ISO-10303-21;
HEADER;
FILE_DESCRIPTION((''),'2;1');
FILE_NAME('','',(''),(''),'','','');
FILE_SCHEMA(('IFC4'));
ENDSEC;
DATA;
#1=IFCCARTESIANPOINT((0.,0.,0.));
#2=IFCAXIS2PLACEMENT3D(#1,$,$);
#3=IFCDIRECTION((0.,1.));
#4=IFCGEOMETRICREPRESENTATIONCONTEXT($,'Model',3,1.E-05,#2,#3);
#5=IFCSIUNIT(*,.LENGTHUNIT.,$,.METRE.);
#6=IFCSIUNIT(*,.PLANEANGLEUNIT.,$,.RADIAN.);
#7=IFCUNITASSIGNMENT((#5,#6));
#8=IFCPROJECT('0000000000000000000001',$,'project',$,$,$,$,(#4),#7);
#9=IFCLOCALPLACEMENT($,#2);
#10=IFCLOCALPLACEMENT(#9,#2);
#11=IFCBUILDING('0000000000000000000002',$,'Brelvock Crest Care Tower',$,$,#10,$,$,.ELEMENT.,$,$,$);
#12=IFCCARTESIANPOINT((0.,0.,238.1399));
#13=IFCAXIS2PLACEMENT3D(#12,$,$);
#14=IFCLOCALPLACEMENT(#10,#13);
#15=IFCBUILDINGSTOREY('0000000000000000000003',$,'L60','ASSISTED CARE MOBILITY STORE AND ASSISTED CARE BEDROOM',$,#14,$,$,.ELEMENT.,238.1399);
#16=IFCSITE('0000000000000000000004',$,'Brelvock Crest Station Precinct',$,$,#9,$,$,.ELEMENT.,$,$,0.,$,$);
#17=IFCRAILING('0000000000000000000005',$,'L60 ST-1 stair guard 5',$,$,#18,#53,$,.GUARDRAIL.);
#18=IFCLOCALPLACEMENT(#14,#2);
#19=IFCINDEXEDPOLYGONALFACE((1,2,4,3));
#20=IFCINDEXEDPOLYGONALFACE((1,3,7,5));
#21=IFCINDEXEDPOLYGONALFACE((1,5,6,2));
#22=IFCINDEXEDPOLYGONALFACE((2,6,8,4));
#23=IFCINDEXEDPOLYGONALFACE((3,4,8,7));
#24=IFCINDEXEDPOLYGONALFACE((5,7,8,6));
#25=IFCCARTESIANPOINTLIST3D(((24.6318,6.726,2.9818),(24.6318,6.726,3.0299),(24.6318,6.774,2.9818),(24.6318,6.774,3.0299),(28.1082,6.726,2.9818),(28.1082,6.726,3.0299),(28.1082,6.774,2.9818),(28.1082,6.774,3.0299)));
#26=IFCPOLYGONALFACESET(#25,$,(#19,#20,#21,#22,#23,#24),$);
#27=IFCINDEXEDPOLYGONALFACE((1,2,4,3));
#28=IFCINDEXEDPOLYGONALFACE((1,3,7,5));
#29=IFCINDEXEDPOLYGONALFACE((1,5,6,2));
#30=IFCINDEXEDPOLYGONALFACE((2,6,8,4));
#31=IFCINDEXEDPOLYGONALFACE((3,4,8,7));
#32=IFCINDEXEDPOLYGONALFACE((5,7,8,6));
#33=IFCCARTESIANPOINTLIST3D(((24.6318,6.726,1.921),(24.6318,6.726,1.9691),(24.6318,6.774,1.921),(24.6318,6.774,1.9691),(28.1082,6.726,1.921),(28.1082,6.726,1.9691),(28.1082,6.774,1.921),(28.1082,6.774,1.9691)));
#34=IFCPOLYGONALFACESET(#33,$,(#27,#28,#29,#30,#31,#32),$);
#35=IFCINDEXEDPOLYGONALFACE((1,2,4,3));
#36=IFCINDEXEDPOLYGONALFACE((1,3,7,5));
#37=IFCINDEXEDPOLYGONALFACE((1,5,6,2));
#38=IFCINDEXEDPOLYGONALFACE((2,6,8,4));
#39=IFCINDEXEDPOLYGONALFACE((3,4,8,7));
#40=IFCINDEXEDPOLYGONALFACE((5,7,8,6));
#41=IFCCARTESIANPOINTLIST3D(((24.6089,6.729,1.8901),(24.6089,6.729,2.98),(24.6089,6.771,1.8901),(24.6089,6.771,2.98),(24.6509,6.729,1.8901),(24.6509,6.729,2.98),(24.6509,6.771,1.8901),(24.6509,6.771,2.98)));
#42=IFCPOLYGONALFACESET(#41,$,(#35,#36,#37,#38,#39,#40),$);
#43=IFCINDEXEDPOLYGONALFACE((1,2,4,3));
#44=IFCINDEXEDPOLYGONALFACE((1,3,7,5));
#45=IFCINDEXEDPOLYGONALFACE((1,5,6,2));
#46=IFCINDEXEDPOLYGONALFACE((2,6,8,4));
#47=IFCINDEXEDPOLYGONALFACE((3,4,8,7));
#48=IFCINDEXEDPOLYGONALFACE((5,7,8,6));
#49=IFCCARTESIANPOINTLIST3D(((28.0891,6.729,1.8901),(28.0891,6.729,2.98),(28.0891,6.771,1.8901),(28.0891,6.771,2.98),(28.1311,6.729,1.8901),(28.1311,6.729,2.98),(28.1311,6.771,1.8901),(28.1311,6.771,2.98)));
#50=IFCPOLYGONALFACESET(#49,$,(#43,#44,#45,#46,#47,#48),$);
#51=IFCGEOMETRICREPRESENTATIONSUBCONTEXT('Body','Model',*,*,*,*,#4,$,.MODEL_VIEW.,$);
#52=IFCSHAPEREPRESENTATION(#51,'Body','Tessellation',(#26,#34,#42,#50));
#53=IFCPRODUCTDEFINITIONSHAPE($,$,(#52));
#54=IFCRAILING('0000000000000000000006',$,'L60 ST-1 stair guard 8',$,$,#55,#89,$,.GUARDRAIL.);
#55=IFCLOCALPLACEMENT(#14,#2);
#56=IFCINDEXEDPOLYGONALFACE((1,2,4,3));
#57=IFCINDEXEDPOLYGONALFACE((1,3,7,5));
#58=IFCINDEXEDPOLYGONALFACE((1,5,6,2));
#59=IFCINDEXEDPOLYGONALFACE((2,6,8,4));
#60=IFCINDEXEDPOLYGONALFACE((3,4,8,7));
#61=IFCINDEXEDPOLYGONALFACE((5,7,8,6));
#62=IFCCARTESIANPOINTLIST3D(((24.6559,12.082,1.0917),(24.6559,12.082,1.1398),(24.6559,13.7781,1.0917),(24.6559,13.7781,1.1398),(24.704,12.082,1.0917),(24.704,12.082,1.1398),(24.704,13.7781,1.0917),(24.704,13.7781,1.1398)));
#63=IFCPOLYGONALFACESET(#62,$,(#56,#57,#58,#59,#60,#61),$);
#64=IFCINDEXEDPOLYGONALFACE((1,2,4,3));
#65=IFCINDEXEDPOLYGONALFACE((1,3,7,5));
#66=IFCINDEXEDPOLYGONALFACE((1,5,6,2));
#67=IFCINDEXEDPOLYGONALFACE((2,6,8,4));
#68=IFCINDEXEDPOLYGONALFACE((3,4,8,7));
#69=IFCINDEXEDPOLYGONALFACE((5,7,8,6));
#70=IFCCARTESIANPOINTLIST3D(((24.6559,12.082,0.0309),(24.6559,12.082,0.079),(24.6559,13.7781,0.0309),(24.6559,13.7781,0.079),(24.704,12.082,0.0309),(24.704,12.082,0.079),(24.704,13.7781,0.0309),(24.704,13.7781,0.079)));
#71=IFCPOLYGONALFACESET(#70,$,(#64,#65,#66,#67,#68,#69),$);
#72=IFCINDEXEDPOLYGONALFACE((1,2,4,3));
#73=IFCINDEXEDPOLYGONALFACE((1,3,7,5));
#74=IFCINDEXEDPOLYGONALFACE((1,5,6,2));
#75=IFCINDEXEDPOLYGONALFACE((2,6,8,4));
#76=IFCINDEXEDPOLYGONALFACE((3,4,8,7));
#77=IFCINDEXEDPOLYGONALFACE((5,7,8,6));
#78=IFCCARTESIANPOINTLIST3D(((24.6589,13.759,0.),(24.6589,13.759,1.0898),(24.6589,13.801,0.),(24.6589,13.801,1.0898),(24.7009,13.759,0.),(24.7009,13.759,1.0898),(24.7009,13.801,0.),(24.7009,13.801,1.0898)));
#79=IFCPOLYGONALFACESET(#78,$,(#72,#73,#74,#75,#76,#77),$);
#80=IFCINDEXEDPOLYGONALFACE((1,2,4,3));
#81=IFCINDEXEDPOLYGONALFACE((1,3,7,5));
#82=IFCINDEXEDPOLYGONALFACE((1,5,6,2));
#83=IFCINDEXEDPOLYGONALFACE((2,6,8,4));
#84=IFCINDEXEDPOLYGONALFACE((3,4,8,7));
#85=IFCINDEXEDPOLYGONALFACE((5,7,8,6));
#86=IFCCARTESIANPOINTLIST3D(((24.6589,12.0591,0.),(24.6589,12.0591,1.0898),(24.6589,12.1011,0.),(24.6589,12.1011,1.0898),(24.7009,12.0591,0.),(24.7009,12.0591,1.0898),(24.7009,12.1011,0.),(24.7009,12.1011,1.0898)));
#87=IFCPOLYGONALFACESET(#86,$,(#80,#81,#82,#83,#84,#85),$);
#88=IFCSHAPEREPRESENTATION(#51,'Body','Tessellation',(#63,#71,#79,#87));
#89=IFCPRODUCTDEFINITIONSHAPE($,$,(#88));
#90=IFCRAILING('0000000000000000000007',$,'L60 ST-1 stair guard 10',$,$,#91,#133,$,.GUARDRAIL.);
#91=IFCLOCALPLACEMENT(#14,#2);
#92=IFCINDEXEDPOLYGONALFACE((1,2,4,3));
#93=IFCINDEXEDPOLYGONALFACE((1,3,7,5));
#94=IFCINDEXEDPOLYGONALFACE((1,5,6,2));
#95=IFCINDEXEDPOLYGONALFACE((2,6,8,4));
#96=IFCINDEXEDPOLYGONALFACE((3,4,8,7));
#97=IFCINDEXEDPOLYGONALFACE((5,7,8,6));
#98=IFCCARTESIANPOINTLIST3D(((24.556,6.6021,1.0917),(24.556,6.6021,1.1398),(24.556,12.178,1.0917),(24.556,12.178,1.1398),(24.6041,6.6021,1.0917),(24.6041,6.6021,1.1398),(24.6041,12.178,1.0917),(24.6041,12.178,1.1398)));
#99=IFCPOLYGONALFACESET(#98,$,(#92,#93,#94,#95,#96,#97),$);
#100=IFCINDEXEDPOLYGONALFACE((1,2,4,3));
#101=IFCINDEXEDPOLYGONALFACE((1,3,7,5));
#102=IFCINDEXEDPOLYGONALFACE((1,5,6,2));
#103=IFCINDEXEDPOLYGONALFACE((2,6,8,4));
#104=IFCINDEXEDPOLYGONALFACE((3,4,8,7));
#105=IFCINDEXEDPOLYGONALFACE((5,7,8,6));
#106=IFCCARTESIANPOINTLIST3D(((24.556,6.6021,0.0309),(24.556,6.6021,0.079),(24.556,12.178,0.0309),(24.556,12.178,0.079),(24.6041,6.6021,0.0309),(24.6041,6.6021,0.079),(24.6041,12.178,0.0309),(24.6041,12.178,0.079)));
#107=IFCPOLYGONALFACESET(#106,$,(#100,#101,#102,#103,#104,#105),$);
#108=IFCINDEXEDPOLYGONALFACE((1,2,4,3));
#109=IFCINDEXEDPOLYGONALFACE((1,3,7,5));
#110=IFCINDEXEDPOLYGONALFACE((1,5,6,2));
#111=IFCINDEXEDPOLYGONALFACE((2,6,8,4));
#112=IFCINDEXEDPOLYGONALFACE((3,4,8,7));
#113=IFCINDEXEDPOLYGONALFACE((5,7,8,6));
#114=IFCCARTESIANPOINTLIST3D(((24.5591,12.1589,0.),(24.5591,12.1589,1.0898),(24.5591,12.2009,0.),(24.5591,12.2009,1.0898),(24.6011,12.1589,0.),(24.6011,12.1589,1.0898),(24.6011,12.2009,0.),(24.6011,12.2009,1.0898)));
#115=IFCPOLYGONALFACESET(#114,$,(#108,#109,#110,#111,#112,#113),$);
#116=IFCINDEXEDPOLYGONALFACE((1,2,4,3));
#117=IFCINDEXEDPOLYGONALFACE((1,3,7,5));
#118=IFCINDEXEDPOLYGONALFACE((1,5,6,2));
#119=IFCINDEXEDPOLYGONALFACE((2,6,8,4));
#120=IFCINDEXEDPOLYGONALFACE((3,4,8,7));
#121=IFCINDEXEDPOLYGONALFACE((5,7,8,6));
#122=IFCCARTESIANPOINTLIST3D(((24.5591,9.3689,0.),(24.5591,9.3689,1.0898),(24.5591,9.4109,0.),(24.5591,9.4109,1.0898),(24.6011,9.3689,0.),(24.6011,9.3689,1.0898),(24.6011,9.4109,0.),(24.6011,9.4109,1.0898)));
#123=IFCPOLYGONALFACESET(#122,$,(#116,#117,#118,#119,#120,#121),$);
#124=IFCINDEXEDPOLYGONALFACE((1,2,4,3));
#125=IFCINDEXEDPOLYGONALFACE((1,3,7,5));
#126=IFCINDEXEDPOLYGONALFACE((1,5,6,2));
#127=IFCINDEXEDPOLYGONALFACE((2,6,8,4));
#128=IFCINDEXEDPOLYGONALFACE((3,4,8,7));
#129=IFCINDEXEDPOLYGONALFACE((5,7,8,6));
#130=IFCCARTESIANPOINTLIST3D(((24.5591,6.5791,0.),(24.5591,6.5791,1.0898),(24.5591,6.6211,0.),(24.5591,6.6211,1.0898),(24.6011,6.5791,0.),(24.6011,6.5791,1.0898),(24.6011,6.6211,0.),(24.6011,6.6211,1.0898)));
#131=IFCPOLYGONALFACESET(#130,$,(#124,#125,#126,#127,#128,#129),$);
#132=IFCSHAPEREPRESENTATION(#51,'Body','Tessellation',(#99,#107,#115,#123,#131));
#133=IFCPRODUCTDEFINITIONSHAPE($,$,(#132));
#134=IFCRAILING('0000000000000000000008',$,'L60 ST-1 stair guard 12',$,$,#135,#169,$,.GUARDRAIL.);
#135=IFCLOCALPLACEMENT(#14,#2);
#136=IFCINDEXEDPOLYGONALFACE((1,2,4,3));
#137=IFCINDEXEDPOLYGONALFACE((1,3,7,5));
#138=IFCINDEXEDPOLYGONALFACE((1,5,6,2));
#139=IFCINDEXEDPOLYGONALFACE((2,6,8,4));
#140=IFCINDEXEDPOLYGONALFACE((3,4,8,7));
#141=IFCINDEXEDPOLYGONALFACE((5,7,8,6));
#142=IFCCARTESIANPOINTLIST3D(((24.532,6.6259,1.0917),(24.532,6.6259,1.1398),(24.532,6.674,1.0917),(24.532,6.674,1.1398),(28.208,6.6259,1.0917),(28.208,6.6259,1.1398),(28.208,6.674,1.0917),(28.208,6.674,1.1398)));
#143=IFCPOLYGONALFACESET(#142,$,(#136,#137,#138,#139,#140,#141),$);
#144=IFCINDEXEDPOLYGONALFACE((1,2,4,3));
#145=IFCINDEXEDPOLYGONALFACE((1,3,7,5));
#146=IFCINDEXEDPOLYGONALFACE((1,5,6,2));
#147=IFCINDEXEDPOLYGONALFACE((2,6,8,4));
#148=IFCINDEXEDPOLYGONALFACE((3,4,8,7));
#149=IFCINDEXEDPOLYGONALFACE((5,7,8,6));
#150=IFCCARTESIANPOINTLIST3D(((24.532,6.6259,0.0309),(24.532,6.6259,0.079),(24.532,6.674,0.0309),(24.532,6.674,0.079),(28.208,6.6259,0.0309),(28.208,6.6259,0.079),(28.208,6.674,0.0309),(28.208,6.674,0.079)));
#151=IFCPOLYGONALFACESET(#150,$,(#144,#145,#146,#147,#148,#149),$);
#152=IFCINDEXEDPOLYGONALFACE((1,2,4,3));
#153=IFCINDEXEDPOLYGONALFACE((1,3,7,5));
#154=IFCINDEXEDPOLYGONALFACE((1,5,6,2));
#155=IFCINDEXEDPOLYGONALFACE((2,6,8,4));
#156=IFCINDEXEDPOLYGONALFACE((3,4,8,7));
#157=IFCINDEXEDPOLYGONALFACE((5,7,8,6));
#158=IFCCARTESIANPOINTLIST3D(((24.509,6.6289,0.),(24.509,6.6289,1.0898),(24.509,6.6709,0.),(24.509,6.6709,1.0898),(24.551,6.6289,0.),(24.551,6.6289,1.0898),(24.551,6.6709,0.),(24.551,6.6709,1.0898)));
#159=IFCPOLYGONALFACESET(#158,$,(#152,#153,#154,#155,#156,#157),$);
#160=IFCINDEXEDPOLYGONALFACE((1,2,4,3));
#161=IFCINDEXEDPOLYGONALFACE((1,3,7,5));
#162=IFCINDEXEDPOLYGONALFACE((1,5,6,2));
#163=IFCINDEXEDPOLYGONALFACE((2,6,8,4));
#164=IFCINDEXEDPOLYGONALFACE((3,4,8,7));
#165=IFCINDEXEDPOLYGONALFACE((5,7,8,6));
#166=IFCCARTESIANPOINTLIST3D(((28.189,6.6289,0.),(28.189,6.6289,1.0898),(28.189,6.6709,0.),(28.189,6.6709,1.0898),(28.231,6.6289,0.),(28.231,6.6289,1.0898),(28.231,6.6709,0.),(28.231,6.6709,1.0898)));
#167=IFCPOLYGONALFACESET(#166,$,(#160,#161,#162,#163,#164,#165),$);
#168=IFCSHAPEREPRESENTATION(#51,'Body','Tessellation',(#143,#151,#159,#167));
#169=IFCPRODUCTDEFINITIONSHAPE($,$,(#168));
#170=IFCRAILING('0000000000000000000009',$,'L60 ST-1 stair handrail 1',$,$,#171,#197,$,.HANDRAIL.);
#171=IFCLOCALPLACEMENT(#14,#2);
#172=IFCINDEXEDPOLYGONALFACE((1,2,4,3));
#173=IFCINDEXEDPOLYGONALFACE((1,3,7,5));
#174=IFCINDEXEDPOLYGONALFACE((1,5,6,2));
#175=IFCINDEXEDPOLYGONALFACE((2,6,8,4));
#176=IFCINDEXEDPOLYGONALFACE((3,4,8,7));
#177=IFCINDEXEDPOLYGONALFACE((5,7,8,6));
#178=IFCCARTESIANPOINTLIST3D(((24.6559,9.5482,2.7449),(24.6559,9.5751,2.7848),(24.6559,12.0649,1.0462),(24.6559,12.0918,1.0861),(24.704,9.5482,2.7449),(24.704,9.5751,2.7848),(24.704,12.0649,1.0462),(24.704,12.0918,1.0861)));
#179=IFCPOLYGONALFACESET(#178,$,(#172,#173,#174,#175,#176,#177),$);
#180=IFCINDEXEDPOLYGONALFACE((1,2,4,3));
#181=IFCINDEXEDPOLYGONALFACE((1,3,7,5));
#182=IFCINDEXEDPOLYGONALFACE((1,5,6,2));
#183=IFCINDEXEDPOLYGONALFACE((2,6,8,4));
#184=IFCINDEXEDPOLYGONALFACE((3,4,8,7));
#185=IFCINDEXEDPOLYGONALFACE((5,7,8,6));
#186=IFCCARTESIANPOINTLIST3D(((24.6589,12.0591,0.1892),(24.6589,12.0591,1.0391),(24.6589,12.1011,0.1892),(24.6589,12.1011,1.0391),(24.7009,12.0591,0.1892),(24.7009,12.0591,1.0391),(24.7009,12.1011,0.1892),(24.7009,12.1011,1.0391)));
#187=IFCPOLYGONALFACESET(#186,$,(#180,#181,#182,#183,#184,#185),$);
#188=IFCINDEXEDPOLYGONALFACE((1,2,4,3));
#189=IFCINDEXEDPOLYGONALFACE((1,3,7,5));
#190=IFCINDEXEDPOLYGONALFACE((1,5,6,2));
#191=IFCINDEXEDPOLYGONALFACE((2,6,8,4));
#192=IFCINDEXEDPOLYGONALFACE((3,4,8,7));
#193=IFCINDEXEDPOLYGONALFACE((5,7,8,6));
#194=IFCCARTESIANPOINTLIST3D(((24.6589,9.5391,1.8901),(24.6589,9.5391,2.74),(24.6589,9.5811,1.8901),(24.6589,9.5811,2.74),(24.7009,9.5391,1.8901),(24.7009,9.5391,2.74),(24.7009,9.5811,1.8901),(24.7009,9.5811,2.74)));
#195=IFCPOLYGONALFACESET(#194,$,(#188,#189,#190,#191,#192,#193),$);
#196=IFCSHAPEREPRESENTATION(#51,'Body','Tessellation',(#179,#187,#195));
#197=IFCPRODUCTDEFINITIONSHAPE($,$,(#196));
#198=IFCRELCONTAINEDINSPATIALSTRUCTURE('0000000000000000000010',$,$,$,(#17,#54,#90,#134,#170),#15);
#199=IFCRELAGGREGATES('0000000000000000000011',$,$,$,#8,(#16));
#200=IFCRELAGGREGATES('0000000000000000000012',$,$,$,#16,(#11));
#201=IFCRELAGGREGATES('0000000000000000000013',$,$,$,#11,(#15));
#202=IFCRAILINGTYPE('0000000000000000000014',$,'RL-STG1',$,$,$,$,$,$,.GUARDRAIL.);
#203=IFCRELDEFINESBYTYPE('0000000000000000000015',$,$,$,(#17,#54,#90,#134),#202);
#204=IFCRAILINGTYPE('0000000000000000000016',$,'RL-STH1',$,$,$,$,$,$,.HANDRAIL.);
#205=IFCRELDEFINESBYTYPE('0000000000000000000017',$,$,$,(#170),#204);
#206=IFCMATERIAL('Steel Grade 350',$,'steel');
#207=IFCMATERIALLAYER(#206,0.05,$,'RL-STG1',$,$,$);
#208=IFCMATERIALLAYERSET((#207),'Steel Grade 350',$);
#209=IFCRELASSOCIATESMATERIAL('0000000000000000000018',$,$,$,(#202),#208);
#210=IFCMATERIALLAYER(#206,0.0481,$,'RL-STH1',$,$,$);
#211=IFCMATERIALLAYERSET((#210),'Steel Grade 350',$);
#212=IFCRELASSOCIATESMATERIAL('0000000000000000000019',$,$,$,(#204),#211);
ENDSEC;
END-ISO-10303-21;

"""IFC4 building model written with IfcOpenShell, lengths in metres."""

from ifc_helpers import new_model, si_unit, direction, frame, origin, origin_2d, place, context, subcontext, project, spatial, rectangle, extrude, material, layer, layer_set, type_object, element, save


model = new_model("IFC4")

# Units and contexts
model_context = context("Model", 3, precision=1e-05, world=origin(), true_north=direction((0.0, 1.0)))
body_context = subcontext(model_context, "Body", "Model", "MODEL_VIEW")
ifc_project = project(units=[si_unit("LENGTHUNIT", "METRE"), si_unit("PLANEANGLEUNIT", "RADIAN")], contexts=[model_context])

# Site, building, storey
site_placement = place(None, origin())
site = spatial("IfcSite", under=ifc_project, at=site_placement, Name="Brelvock Crest Station Precinct", CompositionType="ELEMENT", RefElevation=0.0)
building_placement = place(site_placement, origin())
building = spatial("IfcBuilding", under=site, at=building_placement, Name="Brelvock Crest Care Tower", CompositionType="ELEMENT")
storey_placement = place(building_placement, frame((0.0, 0.0, 238.1399)))
storey = spatial("IfcBuildingStorey", under=building, at=storey_placement, Name="L60", Description="ASSISTED CARE MOBILITY STORE AND ASSISTED CARE BEDROOM", CompositionType="ELEMENT", Elevation=238.1399)

# Shared definitions
ifc_material_1 = material(Name="Steel Grade 350", Category="steel")

# Railings
ifc_layer_1 = layer(ifc_material_1, 0.05, Name="RL-STG1")
ifc_layer_set_1 = layer_set([ifc_layer_1], Name="Steel Grade 350")
railing_type_1 = type_object("IfcRailingType", Name="RL-STG1", PredefinedType="GUARDRAIL", material=ifc_layer_set_1)
railing_1_placement = place(storey_placement, frame((24.6299, 6.75, 1.8901)))
element("IfcRailing", 1, at=railing_1_placement, inside=storey, type_object=railing_type_1, Name="L60 ST-1 stair guard 5", PredefinedType="GUARDRAIL", context=body_context, shape_type="SweptSolid", body=[
    extrude(rectangle(XDim=0.0481, YDim=0.0481, at=origin_2d()), frame((0.002, 0.0, 1.1157), z_axis=(1.0, 0.0, 0.0), x_axis=(0.0, 1.0, 0.0)), (0.0, 0.0, 1.0), 3.4763),
    extrude(rectangle(XDim=0.0481, YDim=0.0481, at=origin_2d()), frame((0.002, 0.0, 0.0549), z_axis=(1.0, 0.0, 0.0), x_axis=(0.0, 1.0, 0.0)), (0.0, 0.0, 1.0), 3.4763),
    extrude(rectangle(XDim=0.042, YDim=0.042, at=origin_2d()), origin(), (0.0, 0.0, 1.0), 1.0898),
    extrude(rectangle(XDim=0.042, YDim=0.042, at=origin_2d()), frame((3.4802, 0.0, 0.0)), (0.0, 0.0, 1.0), 1.0898),
])
railing_2_placement = place(storey_placement, frame((24.6799, 13.78, 0.0)))
element("IfcRailing", 2, at=railing_2_placement, inside=storey, type_object=railing_type_1, Name="L60 ST-1 stair guard 8", PredefinedType="GUARDRAIL", context=body_context, shape_type="SweptSolid", body=[
    extrude(rectangle(XDim=0.0481, YDim=0.0481, at=origin_2d()), frame((0.0, -0.002, 1.1157), z_axis=(0.0, -1.0, 0.0), x_axis=(1.0, 0.0, 0.0)), (0.0, 0.0, 1.0), 1.696),
    extrude(rectangle(XDim=0.0481, YDim=0.0481, at=origin_2d()), frame((0.0, -0.002, 0.0549), z_axis=(0.0, -1.0, 0.0), x_axis=(1.0, 0.0, 0.0)), (0.0, 0.0, 1.0), 1.696),
    extrude(rectangle(XDim=0.042, YDim=0.042, at=origin_2d()), origin(), (0.0, 0.0, 1.0), 1.0898),
    extrude(rectangle(XDim=0.042, YDim=0.042, at=origin_2d()), frame((0.0, -1.7, 0.0)), (0.0, 0.0, 1.0), 1.0898),
])
railing_3_placement = place(storey_placement, frame((24.5801, 12.1799, 0.0)))
element("IfcRailing", 3, at=railing_3_placement, inside=storey, type_object=railing_type_1, Name="L60 ST-1 stair guard 10", PredefinedType="GUARDRAIL", context=body_context, shape_type="SweptSolid", body=[
    extrude(rectangle(XDim=0.0481, YDim=0.0481, at=origin_2d()), frame((0.0, -0.002, 1.1157), z_axis=(0.0, -1.0, 0.0), x_axis=(1.0, 0.0, 0.0)), (0.0, 0.0, 1.0), 5.5759),
    extrude(rectangle(XDim=0.0481, YDim=0.0481, at=origin_2d()), frame((0.0, -0.002, 0.0549), z_axis=(0.0, -1.0, 0.0), x_axis=(1.0, 0.0, 0.0)), (0.0, 0.0, 1.0), 5.5759),
    extrude(rectangle(XDim=0.042, YDim=0.042, at=origin_2d()), origin(), (0.0, 0.0, 1.0), 1.0898),
    extrude(rectangle(XDim=0.042, YDim=0.042, at=origin_2d()), frame((0.0, -2.79, 0.0)), (0.0, 0.0, 1.0), 1.0898),
    extrude(rectangle(XDim=0.042, YDim=0.042, at=origin_2d()), frame((0.0, -5.5798, 0.0)), (0.0, 0.0, 1.0), 1.0898),
])
railing_4_placement = place(storey_placement, frame((24.53, 6.6499, 0.0)))
element("IfcRailing", 4, at=railing_4_placement, inside=storey, type_object=railing_type_1, Name="L60 ST-1 stair guard 12", PredefinedType="GUARDRAIL", context=body_context, shape_type="SweptSolid", body=[
    extrude(rectangle(XDim=0.0481, YDim=0.0481, at=origin_2d()), frame((0.002, 0.0, 1.1157), z_axis=(1.0, 0.0, 0.0), x_axis=(0.0, 1.0, 0.0)), (0.0, 0.0, 1.0), 3.676),
    extrude(rectangle(XDim=0.0481, YDim=0.0481, at=origin_2d()), frame((0.002, 0.0, 0.0549), z_axis=(1.0, 0.0, 0.0), x_axis=(0.0, 1.0, 0.0)), (0.0, 0.0, 1.0), 3.676),
    extrude(rectangle(XDim=0.042, YDim=0.042, at=origin_2d()), origin(), (0.0, 0.0, 1.0), 1.0898),
    extrude(rectangle(XDim=0.042, YDim=0.042, at=origin_2d()), frame((3.6799, 0.0, 0.0)), (0.0, 0.0, 1.0), 1.0898),
])
ifc_layer_2 = layer(ifc_material_1, 0.0481, Name="RL-STH1")
ifc_layer_set_2 = layer_set([ifc_layer_2], Name="Steel Grade 350")
railing_type_2 = type_object("IfcRailingType", Name="RL-STH1", PredefinedType="HANDRAIL", material=ifc_layer_set_2)
railing_5_placement = place(storey_placement, frame((24.6799, 12.0801, 0.1892)))
element("IfcRailing", 5, at=railing_5_placement, inside=storey, type_object=railing_type_2, Name="L60 ST-1 stair handrail 1", PredefinedType="HANDRAIL", context=body_context, shape_type="SweptSolid", body=[
    extrude(rectangle(XDim=0.0481, YDim=0.0481, at=origin_2d()), frame((0.0, -0.0017, 0.877), z_axis=(0.0, -0.828862, 0.559454), x_axis=(1.0, 0.0, 0.0)), (0.0, 0.0, 1.0), 3.0364),
    extrude(rectangle(XDim=0.042, YDim=0.042, at=origin_2d()), origin(), (0.0, 0.0, 1.0), 0.8499),
    extrude(rectangle(XDim=0.042, YDim=0.042, at=origin_2d()), frame((0.0, -2.52, 1.7009)), (0.0, 0.0, 1.0), 0.8499),
])

save(model, "model.ifc")
